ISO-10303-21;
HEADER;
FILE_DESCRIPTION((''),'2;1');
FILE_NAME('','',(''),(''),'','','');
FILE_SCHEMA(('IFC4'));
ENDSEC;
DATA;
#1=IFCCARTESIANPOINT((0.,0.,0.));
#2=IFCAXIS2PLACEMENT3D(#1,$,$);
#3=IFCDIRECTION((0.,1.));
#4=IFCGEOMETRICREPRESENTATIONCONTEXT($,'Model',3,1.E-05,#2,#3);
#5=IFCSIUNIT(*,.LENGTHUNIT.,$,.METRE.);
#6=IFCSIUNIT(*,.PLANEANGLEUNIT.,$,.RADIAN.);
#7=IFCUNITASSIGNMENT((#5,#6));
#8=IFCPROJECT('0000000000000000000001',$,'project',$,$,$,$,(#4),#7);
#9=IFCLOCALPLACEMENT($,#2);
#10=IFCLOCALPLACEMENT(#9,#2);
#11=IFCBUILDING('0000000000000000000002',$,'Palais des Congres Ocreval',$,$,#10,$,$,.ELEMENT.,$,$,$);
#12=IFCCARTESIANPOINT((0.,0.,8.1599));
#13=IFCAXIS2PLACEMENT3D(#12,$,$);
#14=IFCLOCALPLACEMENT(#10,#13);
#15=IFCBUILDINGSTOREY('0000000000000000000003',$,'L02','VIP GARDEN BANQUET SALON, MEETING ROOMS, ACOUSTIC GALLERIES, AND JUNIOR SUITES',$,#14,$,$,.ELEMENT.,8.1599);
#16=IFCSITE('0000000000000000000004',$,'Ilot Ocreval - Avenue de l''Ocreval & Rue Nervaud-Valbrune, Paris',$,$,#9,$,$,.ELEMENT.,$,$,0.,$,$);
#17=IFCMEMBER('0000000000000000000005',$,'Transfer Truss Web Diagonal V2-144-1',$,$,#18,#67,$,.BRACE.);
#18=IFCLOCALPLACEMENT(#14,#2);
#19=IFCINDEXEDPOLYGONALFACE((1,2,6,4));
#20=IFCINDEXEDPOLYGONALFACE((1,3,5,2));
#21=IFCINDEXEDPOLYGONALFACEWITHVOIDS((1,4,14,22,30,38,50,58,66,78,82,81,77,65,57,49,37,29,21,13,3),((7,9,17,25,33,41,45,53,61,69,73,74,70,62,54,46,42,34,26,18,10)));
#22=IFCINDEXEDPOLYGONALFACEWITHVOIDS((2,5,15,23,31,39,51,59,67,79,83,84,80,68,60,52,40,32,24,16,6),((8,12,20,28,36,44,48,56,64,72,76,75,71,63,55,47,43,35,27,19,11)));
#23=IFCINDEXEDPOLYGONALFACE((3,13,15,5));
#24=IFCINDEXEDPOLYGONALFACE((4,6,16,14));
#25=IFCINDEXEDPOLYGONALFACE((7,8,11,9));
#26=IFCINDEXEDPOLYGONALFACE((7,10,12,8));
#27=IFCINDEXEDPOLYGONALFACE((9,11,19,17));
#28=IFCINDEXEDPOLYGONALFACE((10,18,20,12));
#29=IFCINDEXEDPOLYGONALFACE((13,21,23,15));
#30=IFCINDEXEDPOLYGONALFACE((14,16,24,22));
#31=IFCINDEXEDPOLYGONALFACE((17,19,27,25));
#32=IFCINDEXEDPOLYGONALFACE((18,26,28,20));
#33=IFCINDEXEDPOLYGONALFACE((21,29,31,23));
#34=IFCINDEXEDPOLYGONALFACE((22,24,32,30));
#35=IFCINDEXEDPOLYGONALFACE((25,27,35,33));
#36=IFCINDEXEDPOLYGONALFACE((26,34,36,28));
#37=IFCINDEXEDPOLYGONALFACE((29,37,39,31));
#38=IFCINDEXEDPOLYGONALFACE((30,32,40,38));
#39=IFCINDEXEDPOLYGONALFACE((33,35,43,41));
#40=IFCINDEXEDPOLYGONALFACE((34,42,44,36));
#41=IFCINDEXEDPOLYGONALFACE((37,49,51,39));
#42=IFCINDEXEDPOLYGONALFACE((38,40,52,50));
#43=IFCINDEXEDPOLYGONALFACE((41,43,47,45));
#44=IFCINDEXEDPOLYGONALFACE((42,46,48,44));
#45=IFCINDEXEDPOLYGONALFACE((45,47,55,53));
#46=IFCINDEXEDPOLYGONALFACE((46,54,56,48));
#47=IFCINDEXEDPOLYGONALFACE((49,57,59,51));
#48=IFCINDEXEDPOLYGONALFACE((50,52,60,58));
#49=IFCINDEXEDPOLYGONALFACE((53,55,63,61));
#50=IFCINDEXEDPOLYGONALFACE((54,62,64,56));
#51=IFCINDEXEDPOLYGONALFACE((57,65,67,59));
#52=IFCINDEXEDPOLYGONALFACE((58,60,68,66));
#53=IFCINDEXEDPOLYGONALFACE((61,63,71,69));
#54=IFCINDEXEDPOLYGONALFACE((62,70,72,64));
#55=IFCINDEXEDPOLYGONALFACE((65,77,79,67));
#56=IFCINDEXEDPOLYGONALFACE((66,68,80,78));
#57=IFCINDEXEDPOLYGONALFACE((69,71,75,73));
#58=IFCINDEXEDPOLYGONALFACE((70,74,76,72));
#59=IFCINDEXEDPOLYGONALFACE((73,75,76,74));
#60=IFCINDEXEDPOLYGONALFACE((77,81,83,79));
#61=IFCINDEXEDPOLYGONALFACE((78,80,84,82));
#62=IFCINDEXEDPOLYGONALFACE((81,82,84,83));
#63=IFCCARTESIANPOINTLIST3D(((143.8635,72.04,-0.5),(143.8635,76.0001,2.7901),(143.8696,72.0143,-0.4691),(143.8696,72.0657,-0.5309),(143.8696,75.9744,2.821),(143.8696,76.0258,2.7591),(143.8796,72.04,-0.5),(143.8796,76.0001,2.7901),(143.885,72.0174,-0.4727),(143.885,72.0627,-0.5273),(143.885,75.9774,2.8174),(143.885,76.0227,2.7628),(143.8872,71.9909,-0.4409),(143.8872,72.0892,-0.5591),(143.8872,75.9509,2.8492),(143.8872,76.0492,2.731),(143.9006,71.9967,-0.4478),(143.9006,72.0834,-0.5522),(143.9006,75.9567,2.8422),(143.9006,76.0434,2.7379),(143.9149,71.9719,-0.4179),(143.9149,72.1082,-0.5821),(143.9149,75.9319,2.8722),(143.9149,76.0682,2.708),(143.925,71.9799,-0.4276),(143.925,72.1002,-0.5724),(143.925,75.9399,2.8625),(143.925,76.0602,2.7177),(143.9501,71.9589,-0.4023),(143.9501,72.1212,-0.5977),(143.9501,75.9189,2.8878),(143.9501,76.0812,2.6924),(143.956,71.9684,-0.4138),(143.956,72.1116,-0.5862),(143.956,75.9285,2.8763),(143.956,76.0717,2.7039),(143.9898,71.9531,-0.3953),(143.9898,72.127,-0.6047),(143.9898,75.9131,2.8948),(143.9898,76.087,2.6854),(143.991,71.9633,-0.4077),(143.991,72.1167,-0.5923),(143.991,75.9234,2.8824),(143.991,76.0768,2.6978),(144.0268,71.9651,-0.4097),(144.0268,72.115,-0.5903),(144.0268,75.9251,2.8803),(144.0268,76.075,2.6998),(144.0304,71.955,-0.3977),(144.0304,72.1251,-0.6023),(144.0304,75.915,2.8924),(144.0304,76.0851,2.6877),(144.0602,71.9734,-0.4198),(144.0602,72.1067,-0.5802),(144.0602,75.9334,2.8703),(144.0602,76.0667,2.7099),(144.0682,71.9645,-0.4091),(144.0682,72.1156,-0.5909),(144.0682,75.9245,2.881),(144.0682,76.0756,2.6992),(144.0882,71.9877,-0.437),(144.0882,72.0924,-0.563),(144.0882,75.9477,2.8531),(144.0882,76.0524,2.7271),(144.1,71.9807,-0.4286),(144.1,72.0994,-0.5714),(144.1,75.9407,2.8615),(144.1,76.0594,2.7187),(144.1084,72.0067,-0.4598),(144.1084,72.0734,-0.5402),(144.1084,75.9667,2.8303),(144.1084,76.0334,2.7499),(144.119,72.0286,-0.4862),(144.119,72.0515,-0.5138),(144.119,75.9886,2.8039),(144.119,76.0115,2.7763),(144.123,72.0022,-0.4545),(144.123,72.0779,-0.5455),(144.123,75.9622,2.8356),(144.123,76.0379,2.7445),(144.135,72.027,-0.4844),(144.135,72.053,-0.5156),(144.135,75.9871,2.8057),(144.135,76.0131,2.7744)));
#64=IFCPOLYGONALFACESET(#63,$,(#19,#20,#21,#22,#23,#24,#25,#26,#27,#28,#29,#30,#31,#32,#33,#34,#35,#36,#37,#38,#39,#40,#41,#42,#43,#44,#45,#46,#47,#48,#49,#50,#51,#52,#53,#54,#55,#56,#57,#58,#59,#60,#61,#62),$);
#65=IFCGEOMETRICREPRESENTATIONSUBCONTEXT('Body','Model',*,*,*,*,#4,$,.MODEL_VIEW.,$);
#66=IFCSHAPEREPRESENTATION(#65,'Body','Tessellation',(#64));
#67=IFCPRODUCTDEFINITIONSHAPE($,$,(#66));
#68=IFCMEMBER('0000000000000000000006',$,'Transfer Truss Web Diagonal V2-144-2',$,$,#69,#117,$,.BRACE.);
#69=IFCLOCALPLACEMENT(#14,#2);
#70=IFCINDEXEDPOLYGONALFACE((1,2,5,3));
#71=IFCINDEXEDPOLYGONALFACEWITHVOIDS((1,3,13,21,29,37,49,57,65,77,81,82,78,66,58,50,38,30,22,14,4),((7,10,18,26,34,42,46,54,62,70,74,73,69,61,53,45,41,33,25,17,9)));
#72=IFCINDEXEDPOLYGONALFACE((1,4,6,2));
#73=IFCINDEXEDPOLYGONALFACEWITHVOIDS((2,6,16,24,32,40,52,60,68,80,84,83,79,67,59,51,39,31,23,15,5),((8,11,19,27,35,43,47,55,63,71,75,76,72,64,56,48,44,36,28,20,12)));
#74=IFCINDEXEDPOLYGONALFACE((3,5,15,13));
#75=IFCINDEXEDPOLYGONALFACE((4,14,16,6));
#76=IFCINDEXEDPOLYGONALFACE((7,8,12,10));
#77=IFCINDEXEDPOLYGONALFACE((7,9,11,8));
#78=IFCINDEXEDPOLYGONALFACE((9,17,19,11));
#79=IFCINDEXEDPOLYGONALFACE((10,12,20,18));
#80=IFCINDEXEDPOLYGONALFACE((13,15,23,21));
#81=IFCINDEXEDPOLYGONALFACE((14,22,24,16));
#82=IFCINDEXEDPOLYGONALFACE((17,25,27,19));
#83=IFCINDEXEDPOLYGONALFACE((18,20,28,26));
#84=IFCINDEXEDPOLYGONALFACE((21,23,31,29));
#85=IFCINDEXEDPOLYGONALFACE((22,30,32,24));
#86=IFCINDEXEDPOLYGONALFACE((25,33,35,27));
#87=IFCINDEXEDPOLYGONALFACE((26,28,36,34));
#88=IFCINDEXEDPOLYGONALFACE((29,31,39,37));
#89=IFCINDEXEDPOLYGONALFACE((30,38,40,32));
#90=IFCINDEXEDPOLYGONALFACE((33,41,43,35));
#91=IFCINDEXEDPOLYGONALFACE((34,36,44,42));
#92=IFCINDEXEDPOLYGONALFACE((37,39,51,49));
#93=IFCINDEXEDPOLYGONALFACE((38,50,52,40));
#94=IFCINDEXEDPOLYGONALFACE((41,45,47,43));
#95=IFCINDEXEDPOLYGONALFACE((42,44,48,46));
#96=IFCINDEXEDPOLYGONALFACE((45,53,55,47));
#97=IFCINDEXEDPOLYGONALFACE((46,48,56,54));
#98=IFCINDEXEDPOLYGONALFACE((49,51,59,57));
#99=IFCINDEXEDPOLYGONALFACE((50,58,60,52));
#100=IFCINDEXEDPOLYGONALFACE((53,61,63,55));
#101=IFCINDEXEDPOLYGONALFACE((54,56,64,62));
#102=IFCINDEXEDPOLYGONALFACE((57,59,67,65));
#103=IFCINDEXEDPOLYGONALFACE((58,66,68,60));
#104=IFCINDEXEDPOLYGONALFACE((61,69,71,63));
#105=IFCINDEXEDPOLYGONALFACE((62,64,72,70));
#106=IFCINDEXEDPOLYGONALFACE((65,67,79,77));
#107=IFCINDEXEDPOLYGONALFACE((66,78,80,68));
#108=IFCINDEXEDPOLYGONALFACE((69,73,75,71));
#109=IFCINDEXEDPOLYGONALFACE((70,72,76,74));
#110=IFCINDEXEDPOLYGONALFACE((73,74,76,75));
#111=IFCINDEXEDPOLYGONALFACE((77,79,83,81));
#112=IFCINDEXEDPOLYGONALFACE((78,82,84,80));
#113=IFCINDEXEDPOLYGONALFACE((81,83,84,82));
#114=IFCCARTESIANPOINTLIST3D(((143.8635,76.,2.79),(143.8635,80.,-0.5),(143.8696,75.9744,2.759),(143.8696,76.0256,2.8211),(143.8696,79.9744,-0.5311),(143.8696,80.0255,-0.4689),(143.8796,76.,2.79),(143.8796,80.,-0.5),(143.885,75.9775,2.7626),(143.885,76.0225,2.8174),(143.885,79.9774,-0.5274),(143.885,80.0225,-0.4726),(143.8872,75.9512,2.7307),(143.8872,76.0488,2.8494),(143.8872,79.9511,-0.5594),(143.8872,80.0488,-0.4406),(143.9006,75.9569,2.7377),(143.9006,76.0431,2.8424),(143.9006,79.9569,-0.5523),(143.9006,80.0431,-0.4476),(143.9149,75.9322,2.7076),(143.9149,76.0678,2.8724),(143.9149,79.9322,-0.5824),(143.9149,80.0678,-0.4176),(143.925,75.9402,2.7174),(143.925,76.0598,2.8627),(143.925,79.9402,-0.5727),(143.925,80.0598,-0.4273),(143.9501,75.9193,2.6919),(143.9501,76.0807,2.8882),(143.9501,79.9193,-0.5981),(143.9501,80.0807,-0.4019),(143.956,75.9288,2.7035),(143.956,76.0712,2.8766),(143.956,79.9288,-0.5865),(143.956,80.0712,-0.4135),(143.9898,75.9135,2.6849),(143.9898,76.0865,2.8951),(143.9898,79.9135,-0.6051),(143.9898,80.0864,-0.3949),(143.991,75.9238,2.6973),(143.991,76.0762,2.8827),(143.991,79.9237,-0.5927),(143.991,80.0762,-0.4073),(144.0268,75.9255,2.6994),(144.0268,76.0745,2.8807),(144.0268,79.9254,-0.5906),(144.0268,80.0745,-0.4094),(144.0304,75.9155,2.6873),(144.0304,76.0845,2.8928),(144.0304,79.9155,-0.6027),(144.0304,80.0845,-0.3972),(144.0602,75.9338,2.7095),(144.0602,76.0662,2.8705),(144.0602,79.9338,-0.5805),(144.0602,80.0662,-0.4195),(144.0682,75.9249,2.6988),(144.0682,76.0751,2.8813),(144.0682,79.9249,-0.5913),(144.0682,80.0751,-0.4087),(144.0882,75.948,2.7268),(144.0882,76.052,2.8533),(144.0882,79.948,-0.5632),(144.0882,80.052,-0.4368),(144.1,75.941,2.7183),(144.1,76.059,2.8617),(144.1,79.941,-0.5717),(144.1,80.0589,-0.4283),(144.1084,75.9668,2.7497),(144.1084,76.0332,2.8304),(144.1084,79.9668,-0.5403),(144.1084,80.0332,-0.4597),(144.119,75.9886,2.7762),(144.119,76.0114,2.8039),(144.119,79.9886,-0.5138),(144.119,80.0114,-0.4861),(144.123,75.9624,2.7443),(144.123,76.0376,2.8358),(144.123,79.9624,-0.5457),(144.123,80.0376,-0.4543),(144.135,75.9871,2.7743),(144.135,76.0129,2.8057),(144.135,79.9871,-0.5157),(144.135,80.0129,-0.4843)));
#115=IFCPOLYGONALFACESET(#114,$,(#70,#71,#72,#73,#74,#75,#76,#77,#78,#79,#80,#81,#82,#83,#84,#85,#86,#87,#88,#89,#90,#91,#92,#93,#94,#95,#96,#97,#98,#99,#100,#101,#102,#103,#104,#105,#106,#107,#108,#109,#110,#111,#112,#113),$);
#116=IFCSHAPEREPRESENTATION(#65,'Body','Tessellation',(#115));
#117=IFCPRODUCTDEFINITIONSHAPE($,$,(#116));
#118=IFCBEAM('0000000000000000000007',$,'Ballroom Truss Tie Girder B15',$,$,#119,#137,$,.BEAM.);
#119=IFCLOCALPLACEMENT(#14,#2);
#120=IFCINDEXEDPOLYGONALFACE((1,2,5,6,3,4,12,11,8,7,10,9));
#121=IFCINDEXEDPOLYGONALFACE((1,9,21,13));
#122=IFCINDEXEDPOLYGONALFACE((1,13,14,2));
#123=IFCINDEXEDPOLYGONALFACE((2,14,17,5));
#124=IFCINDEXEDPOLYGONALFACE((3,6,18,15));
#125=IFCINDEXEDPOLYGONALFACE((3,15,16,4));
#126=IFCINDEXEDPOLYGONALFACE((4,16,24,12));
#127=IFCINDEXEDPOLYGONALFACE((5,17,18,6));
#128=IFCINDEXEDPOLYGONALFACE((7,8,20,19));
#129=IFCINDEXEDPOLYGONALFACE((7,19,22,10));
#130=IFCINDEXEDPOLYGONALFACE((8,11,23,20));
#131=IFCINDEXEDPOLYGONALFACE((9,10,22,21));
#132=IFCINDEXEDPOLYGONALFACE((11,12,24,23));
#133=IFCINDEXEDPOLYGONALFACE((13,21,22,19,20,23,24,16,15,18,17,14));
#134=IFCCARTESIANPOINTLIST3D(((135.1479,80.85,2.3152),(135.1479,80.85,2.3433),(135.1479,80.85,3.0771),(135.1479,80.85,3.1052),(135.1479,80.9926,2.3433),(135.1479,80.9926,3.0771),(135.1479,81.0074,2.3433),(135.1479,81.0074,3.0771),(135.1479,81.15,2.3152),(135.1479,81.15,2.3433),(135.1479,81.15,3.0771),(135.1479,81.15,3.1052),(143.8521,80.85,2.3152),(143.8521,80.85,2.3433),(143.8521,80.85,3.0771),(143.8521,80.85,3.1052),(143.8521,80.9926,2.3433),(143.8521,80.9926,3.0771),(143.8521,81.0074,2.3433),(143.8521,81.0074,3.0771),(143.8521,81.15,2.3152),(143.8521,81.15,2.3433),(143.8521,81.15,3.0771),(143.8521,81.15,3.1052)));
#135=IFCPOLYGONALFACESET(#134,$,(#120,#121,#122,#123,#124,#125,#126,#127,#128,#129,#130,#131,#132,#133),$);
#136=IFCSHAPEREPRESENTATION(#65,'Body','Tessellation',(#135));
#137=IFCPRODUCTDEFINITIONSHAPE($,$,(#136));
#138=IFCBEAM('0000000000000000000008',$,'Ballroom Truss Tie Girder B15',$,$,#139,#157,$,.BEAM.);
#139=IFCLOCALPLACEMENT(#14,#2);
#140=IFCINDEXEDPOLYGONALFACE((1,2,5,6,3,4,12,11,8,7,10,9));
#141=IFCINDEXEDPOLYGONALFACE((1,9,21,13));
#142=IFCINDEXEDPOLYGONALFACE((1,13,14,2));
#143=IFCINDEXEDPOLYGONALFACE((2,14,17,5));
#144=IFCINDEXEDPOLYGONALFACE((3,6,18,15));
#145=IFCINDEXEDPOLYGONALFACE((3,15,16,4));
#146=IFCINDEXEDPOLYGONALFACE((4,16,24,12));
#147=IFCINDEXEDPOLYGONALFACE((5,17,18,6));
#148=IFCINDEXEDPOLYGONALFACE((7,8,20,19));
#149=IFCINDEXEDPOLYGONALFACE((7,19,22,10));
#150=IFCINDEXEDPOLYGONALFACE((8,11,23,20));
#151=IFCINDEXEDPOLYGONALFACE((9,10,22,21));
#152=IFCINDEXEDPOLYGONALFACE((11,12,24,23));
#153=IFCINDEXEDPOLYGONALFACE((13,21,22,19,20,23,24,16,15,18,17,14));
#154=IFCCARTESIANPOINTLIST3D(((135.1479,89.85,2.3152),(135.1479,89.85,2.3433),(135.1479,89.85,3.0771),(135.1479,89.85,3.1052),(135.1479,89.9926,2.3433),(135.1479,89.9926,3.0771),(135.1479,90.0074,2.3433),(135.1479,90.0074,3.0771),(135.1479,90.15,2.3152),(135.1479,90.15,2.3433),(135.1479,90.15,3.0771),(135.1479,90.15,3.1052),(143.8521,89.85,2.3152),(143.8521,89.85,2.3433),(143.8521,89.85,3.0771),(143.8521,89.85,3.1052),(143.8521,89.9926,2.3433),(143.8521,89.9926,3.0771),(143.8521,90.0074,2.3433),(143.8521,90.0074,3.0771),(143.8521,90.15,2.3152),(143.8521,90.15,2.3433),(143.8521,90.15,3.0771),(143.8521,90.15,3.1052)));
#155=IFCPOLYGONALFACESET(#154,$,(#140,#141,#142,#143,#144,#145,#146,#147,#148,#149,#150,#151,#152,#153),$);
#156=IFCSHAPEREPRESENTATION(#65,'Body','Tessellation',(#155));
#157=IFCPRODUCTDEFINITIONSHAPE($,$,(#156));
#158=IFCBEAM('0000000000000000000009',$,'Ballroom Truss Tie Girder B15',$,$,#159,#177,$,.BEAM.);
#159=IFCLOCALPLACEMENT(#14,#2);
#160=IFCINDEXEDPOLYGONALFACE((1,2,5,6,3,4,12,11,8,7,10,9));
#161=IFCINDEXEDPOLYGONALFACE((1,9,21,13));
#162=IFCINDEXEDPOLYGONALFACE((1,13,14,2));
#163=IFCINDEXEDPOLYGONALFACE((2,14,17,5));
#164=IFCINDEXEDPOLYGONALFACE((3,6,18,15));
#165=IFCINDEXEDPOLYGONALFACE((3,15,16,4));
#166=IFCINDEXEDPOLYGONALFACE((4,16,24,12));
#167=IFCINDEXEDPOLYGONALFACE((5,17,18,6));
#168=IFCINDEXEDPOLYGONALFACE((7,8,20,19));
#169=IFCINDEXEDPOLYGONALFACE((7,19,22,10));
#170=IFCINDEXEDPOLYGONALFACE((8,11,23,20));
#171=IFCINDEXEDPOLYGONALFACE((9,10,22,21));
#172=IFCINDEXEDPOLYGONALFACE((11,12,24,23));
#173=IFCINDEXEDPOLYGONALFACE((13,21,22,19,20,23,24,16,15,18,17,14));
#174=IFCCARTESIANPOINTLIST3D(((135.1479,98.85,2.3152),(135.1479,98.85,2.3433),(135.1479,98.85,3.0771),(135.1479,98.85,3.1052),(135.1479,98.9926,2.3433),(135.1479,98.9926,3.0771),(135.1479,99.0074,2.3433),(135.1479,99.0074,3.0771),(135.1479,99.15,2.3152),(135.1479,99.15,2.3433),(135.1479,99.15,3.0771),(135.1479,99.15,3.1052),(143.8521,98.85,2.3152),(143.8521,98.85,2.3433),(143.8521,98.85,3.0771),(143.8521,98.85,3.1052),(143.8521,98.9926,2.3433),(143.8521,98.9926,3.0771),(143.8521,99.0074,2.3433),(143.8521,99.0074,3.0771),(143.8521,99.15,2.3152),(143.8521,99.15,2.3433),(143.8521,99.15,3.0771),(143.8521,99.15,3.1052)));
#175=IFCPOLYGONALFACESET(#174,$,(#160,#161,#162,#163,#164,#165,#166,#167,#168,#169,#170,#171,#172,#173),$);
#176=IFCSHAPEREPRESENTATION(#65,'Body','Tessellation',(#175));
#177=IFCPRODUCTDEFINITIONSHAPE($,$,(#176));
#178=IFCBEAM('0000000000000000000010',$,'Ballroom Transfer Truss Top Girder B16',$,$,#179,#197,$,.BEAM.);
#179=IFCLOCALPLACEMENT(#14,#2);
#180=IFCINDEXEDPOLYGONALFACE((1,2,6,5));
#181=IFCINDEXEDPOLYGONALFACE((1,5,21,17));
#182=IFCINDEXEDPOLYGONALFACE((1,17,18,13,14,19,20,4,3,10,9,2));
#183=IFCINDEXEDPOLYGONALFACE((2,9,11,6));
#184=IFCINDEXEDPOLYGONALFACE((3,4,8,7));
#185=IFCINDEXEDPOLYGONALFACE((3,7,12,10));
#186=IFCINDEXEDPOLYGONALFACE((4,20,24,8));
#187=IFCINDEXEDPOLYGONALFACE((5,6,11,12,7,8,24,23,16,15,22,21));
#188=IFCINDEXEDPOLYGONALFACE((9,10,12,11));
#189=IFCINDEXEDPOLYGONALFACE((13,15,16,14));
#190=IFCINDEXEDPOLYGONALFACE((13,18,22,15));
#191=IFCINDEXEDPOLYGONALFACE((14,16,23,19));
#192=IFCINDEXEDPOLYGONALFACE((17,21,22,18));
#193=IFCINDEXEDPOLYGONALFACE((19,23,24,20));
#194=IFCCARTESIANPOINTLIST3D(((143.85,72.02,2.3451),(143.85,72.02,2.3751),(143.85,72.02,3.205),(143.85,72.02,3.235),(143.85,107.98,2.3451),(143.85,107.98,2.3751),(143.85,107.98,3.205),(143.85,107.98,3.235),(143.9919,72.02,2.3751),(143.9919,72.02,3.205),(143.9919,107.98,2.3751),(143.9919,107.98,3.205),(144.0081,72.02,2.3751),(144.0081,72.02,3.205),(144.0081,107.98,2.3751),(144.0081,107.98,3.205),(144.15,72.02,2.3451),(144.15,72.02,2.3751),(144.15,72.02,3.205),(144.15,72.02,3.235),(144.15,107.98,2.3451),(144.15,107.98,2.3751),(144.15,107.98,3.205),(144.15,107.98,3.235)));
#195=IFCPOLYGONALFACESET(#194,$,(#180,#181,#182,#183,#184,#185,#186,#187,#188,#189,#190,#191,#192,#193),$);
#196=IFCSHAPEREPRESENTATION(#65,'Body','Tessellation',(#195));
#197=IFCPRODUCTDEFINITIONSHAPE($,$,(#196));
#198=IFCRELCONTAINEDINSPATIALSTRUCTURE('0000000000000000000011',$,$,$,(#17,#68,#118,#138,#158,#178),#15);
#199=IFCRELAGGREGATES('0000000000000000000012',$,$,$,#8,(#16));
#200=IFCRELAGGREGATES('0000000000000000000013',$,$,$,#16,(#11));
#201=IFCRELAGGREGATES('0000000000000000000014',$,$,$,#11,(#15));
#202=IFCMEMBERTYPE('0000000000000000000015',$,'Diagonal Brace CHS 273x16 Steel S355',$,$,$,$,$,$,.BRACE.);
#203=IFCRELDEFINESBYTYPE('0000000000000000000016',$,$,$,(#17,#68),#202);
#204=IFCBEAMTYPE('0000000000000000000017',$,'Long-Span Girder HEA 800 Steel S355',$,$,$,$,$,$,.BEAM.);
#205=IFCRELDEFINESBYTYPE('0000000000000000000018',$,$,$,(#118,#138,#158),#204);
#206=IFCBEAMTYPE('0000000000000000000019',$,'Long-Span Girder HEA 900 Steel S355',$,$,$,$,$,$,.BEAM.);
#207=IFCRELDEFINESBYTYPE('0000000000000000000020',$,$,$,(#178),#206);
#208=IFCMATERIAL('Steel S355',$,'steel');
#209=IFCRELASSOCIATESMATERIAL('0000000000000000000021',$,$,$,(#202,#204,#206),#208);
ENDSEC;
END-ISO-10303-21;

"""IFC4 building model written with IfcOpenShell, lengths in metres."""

from ifc_helpers import new_model, si_unit, direction, frame, origin, origin_2d, place, context, subcontext, project, spatial, hollow_circle, i_section, extrude, material, material_profile, profile_set, type_object, element, save


model = new_model("IFC4")

# Units and contexts
model_context = context("Model", 3, precision=1e-05, world=origin(), true_north=direction((0.0, 1.0)))
body_context = subcontext(model_context, "Body", "Model", "MODEL_VIEW")
ifc_project = project(units=[si_unit("LENGTHUNIT", "METRE"), si_unit("PLANEANGLEUNIT", "RADIAN")], contexts=[model_context])

# Site, building, storey
site_placement = place(None, origin())
site = spatial("IfcSite", under=ifc_project, at=site_placement, Name="Ilot Ocreval - Avenue de l'Ocreval & Rue Nervaud-Valbrune, Paris", CompositionType="ELEMENT", RefElevation=0.0)
building_placement = place(site_placement, origin())
building = spatial("IfcBuilding", under=site, at=building_placement, Name="Palais des Congres Ocreval", CompositionType="ELEMENT")
storey_placement = place(building_placement, frame((0.0, 0.0, 8.1599)))
storey = spatial("IfcBuildingStorey", under=building, at=storey_placement, Name="L02", Description="VIP GARDEN BANQUET SALON, MEETING ROOMS, ACOUSTIC GALLERIES, AND JUNIOR SUITES", CompositionType="ELEMENT", Elevation=8.1599)

# Members
ifc_material_1 = material(Name="Steel S355", Category="steel")
ifc_material_profile_1 = material_profile(ifc_material_1, hollow_circle(Radius=0.1365, WallThickness=0.0161, at=origin_2d()), Name="CHS 273x16")
ifc_profile_set_1 = profile_set([ifc_material_profile_1], Name="Steel S355")
member_type_1 = type_object("IfcMemberType", Name="Diagonal Brace CHS 273x16 Steel S355", PredefinedType="BRACE", material=ifc_profile_set_1)
member_1_placement = place(storey_placement, frame((144.0, 72.04, -0.5), z_axis=(0.0, 0.769169, 0.639046), x_axis=(-1.0, 0.0, 0.0)))
element("IfcMember", 1, at=member_1_placement, inside=storey, type_object=member_type_1, Name="Transfer Truss Web Diagonal V2-144-1", PredefinedType="BRACE", context=body_context, shape_type="SweptSolid", body=[
    extrude(hollow_circle(Radius=0.1365, WallThickness=0.0161, at=origin_2d()), origin(), (0.0, 0.0, 1.0), 5.1484),
])
member_2_placement = place(storey_placement, frame((144.0, 76.0, 2.79), z_axis=(0.0, 0.772317, -0.635238), x_axis=(-1.0, 0.0, 0.0)))
element("IfcMember", 2, at=member_2_placement, inside=storey, type_object=member_type_1, Name="Transfer Truss Web Diagonal V2-144-2", PredefinedType="BRACE", context=body_context, shape_type="SweptSolid", body=[
    extrude(hollow_circle(Radius=0.1365, WallThickness=0.0161, at=origin_2d()), origin(), (0.0, 0.0, 1.0), 5.1792),
])

# Beams
ifc_material_profile_2 = material_profile(ifc_material_1, i_section(OverallWidth=0.3, OverallDepth=0.79, WebThickness=0.0149, FlangeThickness=0.0281, at=origin_2d()), Name="HEA 800")
ifc_profile_set_2 = profile_set([ifc_material_profile_2], Name="Steel S355")
beam_type_1 = type_object("IfcBeamType", Name="Long-Span Girder HEA 800 Steel S355", PredefinedType="BEAM", material=ifc_profile_set_2)
for number, where, z_axis, x_axis, name in (
    (3, (135.1479, 81.0, 2.7102), (1.0, 0.0, 0.0), (0.0, 1.0, 0.0), "Ballroom Truss Tie Girder B15"),
    (4, (135.1479, 90.0, 2.7102), (1.0, 0.0, 0.0), (0.0, 1.0, 0.0), "Ballroom Truss Tie Girder B15"),
    (5, (135.1479, 99.0, 2.7102), (1.0, 0.0, 0.0), (0.0, 1.0, 0.0), "Ballroom Truss Tie Girder B15"),
):
    element("IfcBeam", number, at=place(storey_placement, frame(where, z_axis=z_axis, x_axis=x_axis)), inside=storey, type_object=beam_type_1, Name=name, PredefinedType="BEAM", context=body_context, shape_type="SweptSolid", body=[
        extrude(i_section(OverallWidth=0.3, OverallDepth=0.79, WebThickness=0.0149, FlangeThickness=0.0281, at=origin_2d()), origin(), (0.0, 0.0, 1.0), 8.7041),
    ])
ifc_material_profile_3 = material_profile(ifc_material_1, i_section(OverallWidth=0.3, OverallDepth=0.8899, WebThickness=0.0161, FlangeThickness=0.03, at=origin_2d()), Name="HEA 900")
ifc_profile_set_3 = profile_set([ifc_material_profile_3], Name="Steel S355")
beam_type_2 = type_object("IfcBeamType", Name="Long-Span Girder HEA 900 Steel S355", PredefinedType="BEAM", material=ifc_profile_set_3)
for number, where, z_axis, x_axis, name in (
    (6, (144.0, 72.02, 2.79), (0.0, 1.0, 0.0), (-1.0, 0.0, 0.0), "Ballroom Transfer Truss Top Girder B16"),
):
    element("IfcBeam", number, at=place(storey_placement, frame(where, z_axis=z_axis, x_axis=x_axis)), inside=storey, type_object=beam_type_2, Name=name, PredefinedType="BEAM", context=body_context, shape_type="SweptSolid", body=[
        extrude(i_section(OverallWidth=0.3, OverallDepth=0.8899, WebThickness=0.0161, FlangeThickness=0.03, at=origin_2d()), origin(), (0.0, 0.0, 1.0), 35.96),
    ])

save(model, "model.ifc")
